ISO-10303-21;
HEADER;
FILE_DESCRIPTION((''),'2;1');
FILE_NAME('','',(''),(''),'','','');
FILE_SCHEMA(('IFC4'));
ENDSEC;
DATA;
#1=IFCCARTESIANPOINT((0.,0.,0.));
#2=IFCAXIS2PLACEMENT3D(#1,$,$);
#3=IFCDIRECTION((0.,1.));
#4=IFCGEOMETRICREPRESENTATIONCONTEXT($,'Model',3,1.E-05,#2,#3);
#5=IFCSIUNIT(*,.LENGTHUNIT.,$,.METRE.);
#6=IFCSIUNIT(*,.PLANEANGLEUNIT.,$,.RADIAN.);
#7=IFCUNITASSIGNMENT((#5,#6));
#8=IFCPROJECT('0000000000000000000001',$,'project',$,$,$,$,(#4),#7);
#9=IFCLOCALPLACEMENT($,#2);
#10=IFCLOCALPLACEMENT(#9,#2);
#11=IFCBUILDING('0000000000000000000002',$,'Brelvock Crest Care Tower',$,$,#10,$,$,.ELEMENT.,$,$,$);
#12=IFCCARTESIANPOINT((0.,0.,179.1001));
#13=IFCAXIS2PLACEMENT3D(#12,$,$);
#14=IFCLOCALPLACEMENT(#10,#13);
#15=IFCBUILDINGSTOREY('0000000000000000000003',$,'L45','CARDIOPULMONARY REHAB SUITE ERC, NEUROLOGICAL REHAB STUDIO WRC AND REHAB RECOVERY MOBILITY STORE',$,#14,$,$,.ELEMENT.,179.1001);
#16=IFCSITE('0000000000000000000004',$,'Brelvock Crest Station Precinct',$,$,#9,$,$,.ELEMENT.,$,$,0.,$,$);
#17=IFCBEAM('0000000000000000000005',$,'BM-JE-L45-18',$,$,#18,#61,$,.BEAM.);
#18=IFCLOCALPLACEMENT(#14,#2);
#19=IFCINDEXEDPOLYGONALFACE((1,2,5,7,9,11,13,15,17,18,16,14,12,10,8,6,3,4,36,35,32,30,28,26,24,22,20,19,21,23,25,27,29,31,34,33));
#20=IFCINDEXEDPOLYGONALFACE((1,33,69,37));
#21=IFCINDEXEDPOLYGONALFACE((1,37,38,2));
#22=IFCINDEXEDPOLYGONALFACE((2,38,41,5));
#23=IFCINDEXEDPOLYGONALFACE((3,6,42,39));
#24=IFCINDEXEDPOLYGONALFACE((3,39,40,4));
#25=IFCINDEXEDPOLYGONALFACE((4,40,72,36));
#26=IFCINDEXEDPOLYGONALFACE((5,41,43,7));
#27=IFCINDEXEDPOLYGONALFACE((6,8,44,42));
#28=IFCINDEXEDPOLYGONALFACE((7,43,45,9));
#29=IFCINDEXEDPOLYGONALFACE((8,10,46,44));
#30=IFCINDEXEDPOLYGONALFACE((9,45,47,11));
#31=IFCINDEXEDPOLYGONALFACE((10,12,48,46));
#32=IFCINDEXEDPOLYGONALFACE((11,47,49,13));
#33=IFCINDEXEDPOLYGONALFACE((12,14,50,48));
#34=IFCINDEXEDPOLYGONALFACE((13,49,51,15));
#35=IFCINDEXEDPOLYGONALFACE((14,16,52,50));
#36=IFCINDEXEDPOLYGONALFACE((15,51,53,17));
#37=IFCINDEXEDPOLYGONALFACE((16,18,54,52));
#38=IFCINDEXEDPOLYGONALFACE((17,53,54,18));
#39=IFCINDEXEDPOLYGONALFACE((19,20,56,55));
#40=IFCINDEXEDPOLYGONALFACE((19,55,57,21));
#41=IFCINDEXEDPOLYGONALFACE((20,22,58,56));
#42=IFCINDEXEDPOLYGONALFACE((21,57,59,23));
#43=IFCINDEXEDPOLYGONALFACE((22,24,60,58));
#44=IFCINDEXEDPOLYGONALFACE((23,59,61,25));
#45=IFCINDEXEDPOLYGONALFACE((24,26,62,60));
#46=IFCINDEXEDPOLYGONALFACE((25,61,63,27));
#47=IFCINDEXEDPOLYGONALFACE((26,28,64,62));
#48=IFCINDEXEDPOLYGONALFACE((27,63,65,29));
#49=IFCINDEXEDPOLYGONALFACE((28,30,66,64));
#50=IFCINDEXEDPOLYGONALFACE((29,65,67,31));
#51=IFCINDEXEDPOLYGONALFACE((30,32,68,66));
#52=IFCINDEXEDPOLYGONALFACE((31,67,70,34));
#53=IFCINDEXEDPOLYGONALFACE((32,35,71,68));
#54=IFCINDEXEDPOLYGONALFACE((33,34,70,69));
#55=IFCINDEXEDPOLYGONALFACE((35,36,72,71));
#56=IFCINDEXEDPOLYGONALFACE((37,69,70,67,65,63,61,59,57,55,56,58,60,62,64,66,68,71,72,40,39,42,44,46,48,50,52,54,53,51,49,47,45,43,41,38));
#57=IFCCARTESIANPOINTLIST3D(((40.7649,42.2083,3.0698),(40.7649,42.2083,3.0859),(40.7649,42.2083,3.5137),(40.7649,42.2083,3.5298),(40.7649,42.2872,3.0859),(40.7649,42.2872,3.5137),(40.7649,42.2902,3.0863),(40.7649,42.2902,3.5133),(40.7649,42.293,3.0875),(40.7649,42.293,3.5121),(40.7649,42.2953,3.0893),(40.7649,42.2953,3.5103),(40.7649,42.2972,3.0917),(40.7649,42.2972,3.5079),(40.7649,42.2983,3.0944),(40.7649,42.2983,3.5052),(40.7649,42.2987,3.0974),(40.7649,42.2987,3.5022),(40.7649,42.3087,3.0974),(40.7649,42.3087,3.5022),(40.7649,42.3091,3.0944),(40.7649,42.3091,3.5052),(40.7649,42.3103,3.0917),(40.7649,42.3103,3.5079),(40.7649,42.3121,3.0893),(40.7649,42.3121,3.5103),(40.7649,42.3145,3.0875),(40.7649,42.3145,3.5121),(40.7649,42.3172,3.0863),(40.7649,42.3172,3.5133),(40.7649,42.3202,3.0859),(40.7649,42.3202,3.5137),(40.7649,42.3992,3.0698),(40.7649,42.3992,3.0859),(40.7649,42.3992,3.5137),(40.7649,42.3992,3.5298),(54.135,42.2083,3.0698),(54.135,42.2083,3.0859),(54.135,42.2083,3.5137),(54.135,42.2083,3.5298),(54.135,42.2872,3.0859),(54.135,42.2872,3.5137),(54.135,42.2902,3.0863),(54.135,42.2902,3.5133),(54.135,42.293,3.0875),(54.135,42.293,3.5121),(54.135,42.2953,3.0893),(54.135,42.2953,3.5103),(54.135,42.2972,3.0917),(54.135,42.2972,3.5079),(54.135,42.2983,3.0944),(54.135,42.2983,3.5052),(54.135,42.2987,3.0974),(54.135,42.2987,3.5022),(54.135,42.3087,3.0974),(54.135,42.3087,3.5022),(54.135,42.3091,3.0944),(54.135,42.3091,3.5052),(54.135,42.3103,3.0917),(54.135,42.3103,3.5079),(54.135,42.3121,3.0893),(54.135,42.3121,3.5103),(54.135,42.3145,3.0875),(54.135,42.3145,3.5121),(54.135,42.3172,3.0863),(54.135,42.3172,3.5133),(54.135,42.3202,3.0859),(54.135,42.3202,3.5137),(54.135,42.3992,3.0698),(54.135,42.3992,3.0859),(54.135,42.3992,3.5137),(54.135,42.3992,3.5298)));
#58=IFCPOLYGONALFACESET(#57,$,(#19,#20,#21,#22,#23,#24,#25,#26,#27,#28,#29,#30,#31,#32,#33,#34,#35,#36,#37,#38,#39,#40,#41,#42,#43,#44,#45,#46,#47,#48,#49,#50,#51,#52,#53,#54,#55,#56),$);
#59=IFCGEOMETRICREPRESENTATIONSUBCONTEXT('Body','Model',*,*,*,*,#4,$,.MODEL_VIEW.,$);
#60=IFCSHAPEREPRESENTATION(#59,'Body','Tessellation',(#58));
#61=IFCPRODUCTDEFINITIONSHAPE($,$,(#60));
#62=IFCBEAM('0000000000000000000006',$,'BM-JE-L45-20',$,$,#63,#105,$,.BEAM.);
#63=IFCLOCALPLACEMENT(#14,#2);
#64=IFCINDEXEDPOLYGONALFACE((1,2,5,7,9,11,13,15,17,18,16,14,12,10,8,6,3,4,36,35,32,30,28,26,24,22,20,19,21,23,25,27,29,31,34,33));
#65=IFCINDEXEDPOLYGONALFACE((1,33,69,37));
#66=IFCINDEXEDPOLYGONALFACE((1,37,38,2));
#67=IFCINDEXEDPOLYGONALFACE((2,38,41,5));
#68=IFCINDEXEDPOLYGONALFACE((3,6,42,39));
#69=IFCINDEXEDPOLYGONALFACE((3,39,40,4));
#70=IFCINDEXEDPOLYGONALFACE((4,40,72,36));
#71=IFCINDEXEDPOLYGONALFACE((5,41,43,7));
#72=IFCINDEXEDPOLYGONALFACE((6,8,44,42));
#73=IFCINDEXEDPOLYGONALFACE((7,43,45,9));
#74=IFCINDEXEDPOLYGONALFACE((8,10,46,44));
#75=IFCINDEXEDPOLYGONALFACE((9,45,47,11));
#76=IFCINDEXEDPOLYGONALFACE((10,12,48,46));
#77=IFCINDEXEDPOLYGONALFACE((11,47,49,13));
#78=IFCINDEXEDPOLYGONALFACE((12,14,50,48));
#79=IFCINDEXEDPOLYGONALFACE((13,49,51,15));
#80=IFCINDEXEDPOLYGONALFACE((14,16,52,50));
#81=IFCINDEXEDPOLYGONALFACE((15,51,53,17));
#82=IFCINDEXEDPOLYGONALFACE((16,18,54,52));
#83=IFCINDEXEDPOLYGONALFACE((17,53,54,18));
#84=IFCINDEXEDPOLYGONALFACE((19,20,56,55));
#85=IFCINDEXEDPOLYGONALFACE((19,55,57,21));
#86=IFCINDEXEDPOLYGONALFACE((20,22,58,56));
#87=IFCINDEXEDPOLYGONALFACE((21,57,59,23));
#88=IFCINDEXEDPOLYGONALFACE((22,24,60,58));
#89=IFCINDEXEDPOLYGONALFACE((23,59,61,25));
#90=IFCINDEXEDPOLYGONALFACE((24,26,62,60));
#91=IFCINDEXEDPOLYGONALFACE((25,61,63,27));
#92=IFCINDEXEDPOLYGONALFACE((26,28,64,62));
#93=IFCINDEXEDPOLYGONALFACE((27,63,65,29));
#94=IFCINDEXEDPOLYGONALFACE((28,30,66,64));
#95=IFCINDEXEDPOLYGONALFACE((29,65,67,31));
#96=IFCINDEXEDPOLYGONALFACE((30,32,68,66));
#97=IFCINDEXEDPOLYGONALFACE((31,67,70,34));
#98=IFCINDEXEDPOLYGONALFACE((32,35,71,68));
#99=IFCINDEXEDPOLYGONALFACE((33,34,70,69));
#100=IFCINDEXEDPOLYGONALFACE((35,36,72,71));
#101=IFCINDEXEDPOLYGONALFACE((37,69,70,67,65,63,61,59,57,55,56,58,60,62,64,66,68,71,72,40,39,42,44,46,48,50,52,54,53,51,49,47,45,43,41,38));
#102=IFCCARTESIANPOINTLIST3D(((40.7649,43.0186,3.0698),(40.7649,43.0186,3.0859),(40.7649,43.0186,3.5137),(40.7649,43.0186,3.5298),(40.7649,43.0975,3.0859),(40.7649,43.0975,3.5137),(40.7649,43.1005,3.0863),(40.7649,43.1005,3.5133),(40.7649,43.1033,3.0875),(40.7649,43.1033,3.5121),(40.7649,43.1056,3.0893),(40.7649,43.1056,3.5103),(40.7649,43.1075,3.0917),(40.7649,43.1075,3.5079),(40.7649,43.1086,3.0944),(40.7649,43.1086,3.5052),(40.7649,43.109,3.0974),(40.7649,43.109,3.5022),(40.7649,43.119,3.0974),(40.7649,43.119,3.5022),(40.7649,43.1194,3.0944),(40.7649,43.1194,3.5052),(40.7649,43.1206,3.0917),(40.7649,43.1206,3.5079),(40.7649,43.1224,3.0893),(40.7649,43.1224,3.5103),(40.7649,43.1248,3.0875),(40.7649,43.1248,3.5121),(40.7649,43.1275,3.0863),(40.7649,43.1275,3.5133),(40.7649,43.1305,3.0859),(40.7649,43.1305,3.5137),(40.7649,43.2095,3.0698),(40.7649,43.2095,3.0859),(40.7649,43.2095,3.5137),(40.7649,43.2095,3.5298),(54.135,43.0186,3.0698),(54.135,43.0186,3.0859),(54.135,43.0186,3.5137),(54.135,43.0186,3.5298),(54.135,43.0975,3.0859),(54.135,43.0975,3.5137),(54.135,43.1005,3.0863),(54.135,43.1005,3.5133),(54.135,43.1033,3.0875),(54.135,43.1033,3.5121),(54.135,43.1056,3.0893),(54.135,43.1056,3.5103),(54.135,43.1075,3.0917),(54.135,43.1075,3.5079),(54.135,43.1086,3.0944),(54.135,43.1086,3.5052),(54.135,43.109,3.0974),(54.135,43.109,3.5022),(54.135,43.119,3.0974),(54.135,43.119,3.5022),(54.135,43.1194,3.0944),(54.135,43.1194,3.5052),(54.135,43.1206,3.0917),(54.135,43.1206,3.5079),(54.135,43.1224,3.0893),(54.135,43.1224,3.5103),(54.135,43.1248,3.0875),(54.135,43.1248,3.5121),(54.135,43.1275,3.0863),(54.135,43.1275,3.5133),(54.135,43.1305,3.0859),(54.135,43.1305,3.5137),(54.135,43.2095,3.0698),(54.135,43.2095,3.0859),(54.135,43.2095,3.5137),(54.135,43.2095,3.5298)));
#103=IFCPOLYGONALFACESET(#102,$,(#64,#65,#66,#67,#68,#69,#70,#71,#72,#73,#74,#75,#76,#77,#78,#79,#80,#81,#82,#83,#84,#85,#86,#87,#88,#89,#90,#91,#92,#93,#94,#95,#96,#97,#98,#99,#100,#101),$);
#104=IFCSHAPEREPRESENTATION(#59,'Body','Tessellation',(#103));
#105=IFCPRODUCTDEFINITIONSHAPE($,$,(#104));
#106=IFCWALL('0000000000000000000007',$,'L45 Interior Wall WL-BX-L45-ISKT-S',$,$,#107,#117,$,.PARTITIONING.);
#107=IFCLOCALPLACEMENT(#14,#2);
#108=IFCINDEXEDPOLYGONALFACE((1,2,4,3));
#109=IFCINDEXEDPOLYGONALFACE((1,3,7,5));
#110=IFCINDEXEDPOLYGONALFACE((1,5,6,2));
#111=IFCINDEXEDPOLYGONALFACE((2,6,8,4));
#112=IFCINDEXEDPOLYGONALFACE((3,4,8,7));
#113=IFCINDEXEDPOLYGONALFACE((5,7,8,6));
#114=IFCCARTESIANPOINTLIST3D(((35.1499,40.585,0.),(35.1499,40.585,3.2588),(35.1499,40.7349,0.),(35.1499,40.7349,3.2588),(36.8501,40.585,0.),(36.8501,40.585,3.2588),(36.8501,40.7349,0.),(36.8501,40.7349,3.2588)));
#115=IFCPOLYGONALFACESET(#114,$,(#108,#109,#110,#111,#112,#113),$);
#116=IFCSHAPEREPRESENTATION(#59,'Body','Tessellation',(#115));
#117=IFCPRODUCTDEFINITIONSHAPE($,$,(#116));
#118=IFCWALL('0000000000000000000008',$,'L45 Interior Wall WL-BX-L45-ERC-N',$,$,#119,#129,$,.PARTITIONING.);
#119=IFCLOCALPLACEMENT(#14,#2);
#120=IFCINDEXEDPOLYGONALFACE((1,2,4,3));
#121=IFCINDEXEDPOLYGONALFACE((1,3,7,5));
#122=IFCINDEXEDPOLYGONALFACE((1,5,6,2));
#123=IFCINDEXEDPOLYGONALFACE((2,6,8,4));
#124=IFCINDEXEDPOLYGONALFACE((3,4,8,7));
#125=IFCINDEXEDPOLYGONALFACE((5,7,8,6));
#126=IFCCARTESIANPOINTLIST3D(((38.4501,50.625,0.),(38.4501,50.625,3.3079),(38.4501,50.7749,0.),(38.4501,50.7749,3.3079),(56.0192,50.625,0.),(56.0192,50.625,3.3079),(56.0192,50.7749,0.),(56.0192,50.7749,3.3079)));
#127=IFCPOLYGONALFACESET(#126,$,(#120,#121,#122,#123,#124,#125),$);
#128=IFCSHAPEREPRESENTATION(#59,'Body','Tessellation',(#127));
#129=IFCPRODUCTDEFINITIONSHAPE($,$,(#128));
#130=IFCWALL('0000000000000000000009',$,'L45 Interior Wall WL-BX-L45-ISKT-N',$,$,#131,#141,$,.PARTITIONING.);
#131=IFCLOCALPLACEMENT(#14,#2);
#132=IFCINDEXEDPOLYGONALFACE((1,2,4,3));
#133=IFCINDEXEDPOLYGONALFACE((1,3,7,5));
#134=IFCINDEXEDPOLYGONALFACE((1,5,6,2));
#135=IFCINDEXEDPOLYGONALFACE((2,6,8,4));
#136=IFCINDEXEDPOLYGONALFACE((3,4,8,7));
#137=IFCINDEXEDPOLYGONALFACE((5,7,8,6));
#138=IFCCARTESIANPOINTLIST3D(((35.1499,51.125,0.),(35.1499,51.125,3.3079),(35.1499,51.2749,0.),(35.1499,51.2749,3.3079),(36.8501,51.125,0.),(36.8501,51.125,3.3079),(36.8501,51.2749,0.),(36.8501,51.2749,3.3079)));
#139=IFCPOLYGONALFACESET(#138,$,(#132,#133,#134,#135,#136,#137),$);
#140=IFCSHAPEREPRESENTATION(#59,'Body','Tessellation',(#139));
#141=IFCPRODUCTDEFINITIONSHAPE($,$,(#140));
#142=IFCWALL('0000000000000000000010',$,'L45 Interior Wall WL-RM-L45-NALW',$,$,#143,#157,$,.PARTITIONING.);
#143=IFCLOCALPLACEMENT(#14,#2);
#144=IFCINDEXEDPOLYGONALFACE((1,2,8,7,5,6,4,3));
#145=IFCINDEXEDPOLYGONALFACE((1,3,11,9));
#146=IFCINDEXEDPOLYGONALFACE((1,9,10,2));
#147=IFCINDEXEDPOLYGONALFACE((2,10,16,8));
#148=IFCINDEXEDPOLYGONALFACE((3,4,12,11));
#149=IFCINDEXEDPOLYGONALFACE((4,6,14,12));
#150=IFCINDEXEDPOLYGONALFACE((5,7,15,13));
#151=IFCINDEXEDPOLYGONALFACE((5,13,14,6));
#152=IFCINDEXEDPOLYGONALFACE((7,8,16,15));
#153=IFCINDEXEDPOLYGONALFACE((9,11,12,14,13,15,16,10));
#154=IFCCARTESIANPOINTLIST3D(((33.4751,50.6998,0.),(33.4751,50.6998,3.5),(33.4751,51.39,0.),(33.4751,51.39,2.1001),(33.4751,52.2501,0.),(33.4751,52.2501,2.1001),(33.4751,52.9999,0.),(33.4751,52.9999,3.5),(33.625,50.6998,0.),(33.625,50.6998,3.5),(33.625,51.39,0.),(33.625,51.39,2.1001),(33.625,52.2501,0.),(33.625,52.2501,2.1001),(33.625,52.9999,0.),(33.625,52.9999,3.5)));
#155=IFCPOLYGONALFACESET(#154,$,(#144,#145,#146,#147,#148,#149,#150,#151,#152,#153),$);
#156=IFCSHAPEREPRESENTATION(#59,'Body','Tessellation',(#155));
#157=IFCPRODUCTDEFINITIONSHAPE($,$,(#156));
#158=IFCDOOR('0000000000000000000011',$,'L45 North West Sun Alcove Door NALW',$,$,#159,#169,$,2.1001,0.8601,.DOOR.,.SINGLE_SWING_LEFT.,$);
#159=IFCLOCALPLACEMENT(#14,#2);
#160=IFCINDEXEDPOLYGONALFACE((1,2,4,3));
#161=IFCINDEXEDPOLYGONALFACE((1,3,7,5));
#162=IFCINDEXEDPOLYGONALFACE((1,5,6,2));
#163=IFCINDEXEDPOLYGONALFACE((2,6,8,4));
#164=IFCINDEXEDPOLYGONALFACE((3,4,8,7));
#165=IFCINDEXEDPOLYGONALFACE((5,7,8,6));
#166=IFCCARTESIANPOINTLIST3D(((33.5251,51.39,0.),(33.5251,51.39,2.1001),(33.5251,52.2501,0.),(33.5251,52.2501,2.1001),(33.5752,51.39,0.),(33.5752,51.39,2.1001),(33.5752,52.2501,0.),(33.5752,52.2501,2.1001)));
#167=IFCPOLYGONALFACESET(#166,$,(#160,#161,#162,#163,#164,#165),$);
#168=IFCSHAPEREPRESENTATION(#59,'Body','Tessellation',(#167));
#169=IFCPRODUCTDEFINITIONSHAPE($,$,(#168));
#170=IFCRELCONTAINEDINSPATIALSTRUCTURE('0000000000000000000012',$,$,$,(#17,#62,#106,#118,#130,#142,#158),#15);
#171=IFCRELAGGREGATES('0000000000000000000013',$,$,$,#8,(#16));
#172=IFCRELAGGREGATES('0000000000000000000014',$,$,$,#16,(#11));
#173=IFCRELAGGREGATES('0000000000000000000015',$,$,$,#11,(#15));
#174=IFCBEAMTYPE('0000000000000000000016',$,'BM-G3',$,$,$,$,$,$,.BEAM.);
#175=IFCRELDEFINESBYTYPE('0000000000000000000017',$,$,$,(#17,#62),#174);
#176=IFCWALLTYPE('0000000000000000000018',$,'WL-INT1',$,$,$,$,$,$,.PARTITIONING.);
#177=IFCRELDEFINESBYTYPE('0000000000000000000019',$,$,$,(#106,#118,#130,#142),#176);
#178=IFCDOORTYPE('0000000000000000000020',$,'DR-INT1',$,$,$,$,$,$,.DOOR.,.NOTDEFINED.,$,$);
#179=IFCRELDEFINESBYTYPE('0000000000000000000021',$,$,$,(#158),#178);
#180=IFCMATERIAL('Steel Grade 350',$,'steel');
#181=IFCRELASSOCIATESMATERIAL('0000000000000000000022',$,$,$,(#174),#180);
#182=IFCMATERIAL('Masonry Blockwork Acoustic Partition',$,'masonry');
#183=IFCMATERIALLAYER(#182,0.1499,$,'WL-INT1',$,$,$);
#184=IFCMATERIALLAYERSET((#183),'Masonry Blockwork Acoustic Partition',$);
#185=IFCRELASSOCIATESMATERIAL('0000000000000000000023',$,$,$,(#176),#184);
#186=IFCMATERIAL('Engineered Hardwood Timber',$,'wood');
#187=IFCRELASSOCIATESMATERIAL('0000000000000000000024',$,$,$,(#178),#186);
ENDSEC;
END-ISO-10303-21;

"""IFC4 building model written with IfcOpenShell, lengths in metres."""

from ifc_helpers import new_model, si_unit, direction, frame, frame_2d, origin, origin_2d, place, context, subcontext, project, spatial, rectangle, i_section, extrude, source, transform, mapped, material, layer, layer_set, material_profile, profile_set, type_object, element, fill, save


model = new_model("IFC4")

# Units and contexts
model_context = context("Model", 3, precision=1e-05, world=origin(), true_north=direction((0.0, 1.0)))
body_context = subcontext(model_context, "Body", "Model", "MODEL_VIEW")
ifc_project = project(units=[si_unit("LENGTHUNIT", "METRE"), si_unit("PLANEANGLEUNIT", "RADIAN")], contexts=[model_context])

# Site, building, storey
site_placement = place(None, origin())
site = spatial("IfcSite", under=ifc_project, at=site_placement, Name="Brelvock Crest Station Precinct", CompositionType="ELEMENT", RefElevation=0.0)
building_placement = place(site_placement, origin())
building = spatial("IfcBuilding", under=site, at=building_placement, Name="Brelvock Crest Care Tower", CompositionType="ELEMENT")
storey_placement = place(building_placement, frame((0.0, 0.0, 179.1001)))
storey = spatial("IfcBuildingStorey", under=building, at=storey_placement, Name="L45", Description="CARDIOPULMONARY REHAB SUITE ERC, NEUROLOGICAL REHAB STUDIO WRC AND REHAB RECOVERY MOBILITY STORE", CompositionType="ELEMENT", Elevation=179.1001)

# Beams
ifc_material_1 = material(Name="Steel Grade 350", Category="steel")
ifc_material_profile_1 = material_profile(ifc_material_1, i_section(OverallWidth=0.1909, OverallDepth=0.46, WebThickness=0.01, FlangeThickness=0.0161, FilletRadius=0.0115, at=origin_2d()), Name="460UB82.1")
ifc_profile_set_1 = profile_set([ifc_material_profile_1], Name="Steel Grade 350")
beam_type_1 = type_object("IfcBeamType", Name="BM-G3", PredefinedType="BEAM", material=ifc_profile_set_1)
shared_shape_1 = source(origin(), body_context, "Body", "SweptSolid", [
    extrude(i_section(OverallWidth=0.1909, OverallDepth=0.46, WebThickness=0.01, FlangeThickness=0.0161, FilletRadius=0.0115, at=origin_2d()), origin(), (0.0, 0.0, 1.0), 13.3701),
])
for number, where, z_axis, x_axis, name in (
    (1, (40.7649, 42.3037, 3.2998), (1.0, 0.0, 0.0), (0.0, 1.0, 0.0), "BM-JE-L45-18"),
    (2, (40.7649, 43.114, 3.2998), (1.0, 0.0, 0.0), (0.0, 1.0, 0.0), "BM-JE-L45-20"),
):
    element("IfcBeam", number, at=place(storey_placement, frame(where, z_axis=z_axis, x_axis=x_axis)), inside=storey, type_object=beam_type_1, Name=name, PredefinedType="BEAM", context=body_context, shape_type="MappedRepresentation", body=[
        mapped(shared_shape_1, transform((0.0, 0.0, 0.0), x_axis=(1.0, 0.0, 0.0), y_axis=(0.0, 1.0, 0.0), z_axis=(0.0, 0.0, 1.0), scale=1.0)),
    ])

# Walls
ifc_material_2 = material(Name="Masonry Blockwork Acoustic Partition", Category="masonry")
ifc_layer = layer(ifc_material_2, 0.1499, Name="WL-INT1")
ifc_layer_set = layer_set([ifc_layer], Name="Masonry Blockwork Acoustic Partition")
wall_type = type_object("IfcWallType", Name="WL-INT1", PredefinedType="PARTITIONING", material=ifc_layer_set)
wall_1_placement = place(storey_placement, frame((35.1499, 40.6599, 0.0), z_axis=(0.0, 0.0, 1.0), x_axis=(1.0, 0.0, 0.0)))
element("IfcWall", 3, at=wall_1_placement, inside=storey, type_object=wall_type, Name="L45 Interior Wall WL-BX-L45-ISKT-S", PredefinedType="PARTITIONING", context=body_context, shape_type="SweptSolid", body=[
    extrude(rectangle(XDim=1.7002, YDim=0.1499, at=frame_2d((0.8501, 0.0))), origin(), (0.0, 0.0, 1.0), 3.2588),
])
wall_2_placement = place(storey_placement, frame((38.45, 50.7, 0.0), z_axis=(0.0, 0.0, 1.0), x_axis=(1.0, 0.0, 0.0)))
element("IfcWall", 4, at=wall_2_placement, inside=storey, type_object=wall_type, Name="L45 Interior Wall WL-BX-L45-ERC-N", PredefinedType="PARTITIONING", context=body_context, shape_type="SweptSolid", body=[
    extrude(rectangle(XDim=17.5691, YDim=0.1499, at=frame_2d((8.7847, 0.0))), origin(), (0.0, 0.0, 1.0), 3.3079),
])
wall_3_placement = place(storey_placement, frame((35.1499, 51.2, 0.0), z_axis=(0.0, 0.0, 1.0), x_axis=(1.0, 0.0, 0.0)))
element("IfcWall", 5, at=wall_3_placement, inside=storey, type_object=wall_type, Name="L45 Interior Wall WL-BX-L45-ISKT-N", PredefinedType="PARTITIONING", context=body_context, shape_type="SweptSolid", body=[
    extrude(rectangle(XDim=1.7002, YDim=0.1499, at=frame_2d((0.8501, 0.0))), origin(), (0.0, 0.0, 1.0), 3.3079),
])

# Wall, opening, door
wall_4_placement = place(storey_placement, frame((33.55, 50.7, 0.0), z_axis=(0.0, 0.0, 1.0), x_axis=(0.0, 1.0, 0.0)))
wall_4 = element("IfcWall", 6, at=wall_4_placement, inside=storey, type_object=wall_type, Name="L45 Interior Wall WL-RM-L45-NALW", PredefinedType="PARTITIONING", context=body_context, shape_type="SweptSolid", body=[
    extrude(rectangle(XDim=2.3, YDim=0.1499, at=frame_2d((1.1499, 0.0))), origin(), (0.0, 0.0, 1.0), 3.5),
])
opening_1_placement = place(wall_4_placement, frame((0.6899, 0.0, 0.0)))
opening_1 = element("IfcOpeningElement", 7, at=opening_1_placement, cuts=wall_4, PredefinedType="OPENING", context=body_context, shape_type="SweptSolid", body=[
    extrude(rectangle(XDim=0.8601, YDim=2.1001, at=origin_2d()), frame((0.4302, 0.085, 1.05), z_axis=(0.0, -1.0, 0.0), x_axis=(1.0, 0.0, 0.0)), (0.0, 0.0, 1.0), 0.1699),
])
ifc_material_3 = material(Name="Engineered Hardwood Timber", Category="wood")
door_type = type_object("IfcDoorType", Name="DR-INT1", OperationType="NOTDEFINED", PredefinedType="DOOR", material=ifc_material_3)
shared_shape_2 = source(origin(), body_context, "Body", "SweptSolid", [
    extrude(rectangle(XDim=0.8601, YDim=2.1001, at=origin_2d()), frame((0.4302, 0.0249, 1.05), z_axis=(0.0, -1.0, 0.0), x_axis=(1.0, 0.0, 0.0)), (0.0, 0.0, 1.0), 0.05),
])
door_1_placement = place(opening_1_placement, origin())
door_1 = element("IfcDoor", 8, at=door_1_placement, inside=storey, type_object=door_type, Name="L45 North West Sun Alcove Door NALW", OperationType="SINGLE_SWING_LEFT", OverallHeight=2.1001, OverallWidth=0.8601, PredefinedType="DOOR", context=body_context, shape_type="MappedRepresentation", body=[
    mapped(shared_shape_2, transform((0.0, 0.0, 0.0), x_axis=(1.0, 0.0, 0.0), y_axis=(0.0, 1.0, 0.0), z_axis=(0.0, 0.0, 1.0), scale=1.0)),
])
fill(opening_1, door_1)

save(model, "model.ifc")
